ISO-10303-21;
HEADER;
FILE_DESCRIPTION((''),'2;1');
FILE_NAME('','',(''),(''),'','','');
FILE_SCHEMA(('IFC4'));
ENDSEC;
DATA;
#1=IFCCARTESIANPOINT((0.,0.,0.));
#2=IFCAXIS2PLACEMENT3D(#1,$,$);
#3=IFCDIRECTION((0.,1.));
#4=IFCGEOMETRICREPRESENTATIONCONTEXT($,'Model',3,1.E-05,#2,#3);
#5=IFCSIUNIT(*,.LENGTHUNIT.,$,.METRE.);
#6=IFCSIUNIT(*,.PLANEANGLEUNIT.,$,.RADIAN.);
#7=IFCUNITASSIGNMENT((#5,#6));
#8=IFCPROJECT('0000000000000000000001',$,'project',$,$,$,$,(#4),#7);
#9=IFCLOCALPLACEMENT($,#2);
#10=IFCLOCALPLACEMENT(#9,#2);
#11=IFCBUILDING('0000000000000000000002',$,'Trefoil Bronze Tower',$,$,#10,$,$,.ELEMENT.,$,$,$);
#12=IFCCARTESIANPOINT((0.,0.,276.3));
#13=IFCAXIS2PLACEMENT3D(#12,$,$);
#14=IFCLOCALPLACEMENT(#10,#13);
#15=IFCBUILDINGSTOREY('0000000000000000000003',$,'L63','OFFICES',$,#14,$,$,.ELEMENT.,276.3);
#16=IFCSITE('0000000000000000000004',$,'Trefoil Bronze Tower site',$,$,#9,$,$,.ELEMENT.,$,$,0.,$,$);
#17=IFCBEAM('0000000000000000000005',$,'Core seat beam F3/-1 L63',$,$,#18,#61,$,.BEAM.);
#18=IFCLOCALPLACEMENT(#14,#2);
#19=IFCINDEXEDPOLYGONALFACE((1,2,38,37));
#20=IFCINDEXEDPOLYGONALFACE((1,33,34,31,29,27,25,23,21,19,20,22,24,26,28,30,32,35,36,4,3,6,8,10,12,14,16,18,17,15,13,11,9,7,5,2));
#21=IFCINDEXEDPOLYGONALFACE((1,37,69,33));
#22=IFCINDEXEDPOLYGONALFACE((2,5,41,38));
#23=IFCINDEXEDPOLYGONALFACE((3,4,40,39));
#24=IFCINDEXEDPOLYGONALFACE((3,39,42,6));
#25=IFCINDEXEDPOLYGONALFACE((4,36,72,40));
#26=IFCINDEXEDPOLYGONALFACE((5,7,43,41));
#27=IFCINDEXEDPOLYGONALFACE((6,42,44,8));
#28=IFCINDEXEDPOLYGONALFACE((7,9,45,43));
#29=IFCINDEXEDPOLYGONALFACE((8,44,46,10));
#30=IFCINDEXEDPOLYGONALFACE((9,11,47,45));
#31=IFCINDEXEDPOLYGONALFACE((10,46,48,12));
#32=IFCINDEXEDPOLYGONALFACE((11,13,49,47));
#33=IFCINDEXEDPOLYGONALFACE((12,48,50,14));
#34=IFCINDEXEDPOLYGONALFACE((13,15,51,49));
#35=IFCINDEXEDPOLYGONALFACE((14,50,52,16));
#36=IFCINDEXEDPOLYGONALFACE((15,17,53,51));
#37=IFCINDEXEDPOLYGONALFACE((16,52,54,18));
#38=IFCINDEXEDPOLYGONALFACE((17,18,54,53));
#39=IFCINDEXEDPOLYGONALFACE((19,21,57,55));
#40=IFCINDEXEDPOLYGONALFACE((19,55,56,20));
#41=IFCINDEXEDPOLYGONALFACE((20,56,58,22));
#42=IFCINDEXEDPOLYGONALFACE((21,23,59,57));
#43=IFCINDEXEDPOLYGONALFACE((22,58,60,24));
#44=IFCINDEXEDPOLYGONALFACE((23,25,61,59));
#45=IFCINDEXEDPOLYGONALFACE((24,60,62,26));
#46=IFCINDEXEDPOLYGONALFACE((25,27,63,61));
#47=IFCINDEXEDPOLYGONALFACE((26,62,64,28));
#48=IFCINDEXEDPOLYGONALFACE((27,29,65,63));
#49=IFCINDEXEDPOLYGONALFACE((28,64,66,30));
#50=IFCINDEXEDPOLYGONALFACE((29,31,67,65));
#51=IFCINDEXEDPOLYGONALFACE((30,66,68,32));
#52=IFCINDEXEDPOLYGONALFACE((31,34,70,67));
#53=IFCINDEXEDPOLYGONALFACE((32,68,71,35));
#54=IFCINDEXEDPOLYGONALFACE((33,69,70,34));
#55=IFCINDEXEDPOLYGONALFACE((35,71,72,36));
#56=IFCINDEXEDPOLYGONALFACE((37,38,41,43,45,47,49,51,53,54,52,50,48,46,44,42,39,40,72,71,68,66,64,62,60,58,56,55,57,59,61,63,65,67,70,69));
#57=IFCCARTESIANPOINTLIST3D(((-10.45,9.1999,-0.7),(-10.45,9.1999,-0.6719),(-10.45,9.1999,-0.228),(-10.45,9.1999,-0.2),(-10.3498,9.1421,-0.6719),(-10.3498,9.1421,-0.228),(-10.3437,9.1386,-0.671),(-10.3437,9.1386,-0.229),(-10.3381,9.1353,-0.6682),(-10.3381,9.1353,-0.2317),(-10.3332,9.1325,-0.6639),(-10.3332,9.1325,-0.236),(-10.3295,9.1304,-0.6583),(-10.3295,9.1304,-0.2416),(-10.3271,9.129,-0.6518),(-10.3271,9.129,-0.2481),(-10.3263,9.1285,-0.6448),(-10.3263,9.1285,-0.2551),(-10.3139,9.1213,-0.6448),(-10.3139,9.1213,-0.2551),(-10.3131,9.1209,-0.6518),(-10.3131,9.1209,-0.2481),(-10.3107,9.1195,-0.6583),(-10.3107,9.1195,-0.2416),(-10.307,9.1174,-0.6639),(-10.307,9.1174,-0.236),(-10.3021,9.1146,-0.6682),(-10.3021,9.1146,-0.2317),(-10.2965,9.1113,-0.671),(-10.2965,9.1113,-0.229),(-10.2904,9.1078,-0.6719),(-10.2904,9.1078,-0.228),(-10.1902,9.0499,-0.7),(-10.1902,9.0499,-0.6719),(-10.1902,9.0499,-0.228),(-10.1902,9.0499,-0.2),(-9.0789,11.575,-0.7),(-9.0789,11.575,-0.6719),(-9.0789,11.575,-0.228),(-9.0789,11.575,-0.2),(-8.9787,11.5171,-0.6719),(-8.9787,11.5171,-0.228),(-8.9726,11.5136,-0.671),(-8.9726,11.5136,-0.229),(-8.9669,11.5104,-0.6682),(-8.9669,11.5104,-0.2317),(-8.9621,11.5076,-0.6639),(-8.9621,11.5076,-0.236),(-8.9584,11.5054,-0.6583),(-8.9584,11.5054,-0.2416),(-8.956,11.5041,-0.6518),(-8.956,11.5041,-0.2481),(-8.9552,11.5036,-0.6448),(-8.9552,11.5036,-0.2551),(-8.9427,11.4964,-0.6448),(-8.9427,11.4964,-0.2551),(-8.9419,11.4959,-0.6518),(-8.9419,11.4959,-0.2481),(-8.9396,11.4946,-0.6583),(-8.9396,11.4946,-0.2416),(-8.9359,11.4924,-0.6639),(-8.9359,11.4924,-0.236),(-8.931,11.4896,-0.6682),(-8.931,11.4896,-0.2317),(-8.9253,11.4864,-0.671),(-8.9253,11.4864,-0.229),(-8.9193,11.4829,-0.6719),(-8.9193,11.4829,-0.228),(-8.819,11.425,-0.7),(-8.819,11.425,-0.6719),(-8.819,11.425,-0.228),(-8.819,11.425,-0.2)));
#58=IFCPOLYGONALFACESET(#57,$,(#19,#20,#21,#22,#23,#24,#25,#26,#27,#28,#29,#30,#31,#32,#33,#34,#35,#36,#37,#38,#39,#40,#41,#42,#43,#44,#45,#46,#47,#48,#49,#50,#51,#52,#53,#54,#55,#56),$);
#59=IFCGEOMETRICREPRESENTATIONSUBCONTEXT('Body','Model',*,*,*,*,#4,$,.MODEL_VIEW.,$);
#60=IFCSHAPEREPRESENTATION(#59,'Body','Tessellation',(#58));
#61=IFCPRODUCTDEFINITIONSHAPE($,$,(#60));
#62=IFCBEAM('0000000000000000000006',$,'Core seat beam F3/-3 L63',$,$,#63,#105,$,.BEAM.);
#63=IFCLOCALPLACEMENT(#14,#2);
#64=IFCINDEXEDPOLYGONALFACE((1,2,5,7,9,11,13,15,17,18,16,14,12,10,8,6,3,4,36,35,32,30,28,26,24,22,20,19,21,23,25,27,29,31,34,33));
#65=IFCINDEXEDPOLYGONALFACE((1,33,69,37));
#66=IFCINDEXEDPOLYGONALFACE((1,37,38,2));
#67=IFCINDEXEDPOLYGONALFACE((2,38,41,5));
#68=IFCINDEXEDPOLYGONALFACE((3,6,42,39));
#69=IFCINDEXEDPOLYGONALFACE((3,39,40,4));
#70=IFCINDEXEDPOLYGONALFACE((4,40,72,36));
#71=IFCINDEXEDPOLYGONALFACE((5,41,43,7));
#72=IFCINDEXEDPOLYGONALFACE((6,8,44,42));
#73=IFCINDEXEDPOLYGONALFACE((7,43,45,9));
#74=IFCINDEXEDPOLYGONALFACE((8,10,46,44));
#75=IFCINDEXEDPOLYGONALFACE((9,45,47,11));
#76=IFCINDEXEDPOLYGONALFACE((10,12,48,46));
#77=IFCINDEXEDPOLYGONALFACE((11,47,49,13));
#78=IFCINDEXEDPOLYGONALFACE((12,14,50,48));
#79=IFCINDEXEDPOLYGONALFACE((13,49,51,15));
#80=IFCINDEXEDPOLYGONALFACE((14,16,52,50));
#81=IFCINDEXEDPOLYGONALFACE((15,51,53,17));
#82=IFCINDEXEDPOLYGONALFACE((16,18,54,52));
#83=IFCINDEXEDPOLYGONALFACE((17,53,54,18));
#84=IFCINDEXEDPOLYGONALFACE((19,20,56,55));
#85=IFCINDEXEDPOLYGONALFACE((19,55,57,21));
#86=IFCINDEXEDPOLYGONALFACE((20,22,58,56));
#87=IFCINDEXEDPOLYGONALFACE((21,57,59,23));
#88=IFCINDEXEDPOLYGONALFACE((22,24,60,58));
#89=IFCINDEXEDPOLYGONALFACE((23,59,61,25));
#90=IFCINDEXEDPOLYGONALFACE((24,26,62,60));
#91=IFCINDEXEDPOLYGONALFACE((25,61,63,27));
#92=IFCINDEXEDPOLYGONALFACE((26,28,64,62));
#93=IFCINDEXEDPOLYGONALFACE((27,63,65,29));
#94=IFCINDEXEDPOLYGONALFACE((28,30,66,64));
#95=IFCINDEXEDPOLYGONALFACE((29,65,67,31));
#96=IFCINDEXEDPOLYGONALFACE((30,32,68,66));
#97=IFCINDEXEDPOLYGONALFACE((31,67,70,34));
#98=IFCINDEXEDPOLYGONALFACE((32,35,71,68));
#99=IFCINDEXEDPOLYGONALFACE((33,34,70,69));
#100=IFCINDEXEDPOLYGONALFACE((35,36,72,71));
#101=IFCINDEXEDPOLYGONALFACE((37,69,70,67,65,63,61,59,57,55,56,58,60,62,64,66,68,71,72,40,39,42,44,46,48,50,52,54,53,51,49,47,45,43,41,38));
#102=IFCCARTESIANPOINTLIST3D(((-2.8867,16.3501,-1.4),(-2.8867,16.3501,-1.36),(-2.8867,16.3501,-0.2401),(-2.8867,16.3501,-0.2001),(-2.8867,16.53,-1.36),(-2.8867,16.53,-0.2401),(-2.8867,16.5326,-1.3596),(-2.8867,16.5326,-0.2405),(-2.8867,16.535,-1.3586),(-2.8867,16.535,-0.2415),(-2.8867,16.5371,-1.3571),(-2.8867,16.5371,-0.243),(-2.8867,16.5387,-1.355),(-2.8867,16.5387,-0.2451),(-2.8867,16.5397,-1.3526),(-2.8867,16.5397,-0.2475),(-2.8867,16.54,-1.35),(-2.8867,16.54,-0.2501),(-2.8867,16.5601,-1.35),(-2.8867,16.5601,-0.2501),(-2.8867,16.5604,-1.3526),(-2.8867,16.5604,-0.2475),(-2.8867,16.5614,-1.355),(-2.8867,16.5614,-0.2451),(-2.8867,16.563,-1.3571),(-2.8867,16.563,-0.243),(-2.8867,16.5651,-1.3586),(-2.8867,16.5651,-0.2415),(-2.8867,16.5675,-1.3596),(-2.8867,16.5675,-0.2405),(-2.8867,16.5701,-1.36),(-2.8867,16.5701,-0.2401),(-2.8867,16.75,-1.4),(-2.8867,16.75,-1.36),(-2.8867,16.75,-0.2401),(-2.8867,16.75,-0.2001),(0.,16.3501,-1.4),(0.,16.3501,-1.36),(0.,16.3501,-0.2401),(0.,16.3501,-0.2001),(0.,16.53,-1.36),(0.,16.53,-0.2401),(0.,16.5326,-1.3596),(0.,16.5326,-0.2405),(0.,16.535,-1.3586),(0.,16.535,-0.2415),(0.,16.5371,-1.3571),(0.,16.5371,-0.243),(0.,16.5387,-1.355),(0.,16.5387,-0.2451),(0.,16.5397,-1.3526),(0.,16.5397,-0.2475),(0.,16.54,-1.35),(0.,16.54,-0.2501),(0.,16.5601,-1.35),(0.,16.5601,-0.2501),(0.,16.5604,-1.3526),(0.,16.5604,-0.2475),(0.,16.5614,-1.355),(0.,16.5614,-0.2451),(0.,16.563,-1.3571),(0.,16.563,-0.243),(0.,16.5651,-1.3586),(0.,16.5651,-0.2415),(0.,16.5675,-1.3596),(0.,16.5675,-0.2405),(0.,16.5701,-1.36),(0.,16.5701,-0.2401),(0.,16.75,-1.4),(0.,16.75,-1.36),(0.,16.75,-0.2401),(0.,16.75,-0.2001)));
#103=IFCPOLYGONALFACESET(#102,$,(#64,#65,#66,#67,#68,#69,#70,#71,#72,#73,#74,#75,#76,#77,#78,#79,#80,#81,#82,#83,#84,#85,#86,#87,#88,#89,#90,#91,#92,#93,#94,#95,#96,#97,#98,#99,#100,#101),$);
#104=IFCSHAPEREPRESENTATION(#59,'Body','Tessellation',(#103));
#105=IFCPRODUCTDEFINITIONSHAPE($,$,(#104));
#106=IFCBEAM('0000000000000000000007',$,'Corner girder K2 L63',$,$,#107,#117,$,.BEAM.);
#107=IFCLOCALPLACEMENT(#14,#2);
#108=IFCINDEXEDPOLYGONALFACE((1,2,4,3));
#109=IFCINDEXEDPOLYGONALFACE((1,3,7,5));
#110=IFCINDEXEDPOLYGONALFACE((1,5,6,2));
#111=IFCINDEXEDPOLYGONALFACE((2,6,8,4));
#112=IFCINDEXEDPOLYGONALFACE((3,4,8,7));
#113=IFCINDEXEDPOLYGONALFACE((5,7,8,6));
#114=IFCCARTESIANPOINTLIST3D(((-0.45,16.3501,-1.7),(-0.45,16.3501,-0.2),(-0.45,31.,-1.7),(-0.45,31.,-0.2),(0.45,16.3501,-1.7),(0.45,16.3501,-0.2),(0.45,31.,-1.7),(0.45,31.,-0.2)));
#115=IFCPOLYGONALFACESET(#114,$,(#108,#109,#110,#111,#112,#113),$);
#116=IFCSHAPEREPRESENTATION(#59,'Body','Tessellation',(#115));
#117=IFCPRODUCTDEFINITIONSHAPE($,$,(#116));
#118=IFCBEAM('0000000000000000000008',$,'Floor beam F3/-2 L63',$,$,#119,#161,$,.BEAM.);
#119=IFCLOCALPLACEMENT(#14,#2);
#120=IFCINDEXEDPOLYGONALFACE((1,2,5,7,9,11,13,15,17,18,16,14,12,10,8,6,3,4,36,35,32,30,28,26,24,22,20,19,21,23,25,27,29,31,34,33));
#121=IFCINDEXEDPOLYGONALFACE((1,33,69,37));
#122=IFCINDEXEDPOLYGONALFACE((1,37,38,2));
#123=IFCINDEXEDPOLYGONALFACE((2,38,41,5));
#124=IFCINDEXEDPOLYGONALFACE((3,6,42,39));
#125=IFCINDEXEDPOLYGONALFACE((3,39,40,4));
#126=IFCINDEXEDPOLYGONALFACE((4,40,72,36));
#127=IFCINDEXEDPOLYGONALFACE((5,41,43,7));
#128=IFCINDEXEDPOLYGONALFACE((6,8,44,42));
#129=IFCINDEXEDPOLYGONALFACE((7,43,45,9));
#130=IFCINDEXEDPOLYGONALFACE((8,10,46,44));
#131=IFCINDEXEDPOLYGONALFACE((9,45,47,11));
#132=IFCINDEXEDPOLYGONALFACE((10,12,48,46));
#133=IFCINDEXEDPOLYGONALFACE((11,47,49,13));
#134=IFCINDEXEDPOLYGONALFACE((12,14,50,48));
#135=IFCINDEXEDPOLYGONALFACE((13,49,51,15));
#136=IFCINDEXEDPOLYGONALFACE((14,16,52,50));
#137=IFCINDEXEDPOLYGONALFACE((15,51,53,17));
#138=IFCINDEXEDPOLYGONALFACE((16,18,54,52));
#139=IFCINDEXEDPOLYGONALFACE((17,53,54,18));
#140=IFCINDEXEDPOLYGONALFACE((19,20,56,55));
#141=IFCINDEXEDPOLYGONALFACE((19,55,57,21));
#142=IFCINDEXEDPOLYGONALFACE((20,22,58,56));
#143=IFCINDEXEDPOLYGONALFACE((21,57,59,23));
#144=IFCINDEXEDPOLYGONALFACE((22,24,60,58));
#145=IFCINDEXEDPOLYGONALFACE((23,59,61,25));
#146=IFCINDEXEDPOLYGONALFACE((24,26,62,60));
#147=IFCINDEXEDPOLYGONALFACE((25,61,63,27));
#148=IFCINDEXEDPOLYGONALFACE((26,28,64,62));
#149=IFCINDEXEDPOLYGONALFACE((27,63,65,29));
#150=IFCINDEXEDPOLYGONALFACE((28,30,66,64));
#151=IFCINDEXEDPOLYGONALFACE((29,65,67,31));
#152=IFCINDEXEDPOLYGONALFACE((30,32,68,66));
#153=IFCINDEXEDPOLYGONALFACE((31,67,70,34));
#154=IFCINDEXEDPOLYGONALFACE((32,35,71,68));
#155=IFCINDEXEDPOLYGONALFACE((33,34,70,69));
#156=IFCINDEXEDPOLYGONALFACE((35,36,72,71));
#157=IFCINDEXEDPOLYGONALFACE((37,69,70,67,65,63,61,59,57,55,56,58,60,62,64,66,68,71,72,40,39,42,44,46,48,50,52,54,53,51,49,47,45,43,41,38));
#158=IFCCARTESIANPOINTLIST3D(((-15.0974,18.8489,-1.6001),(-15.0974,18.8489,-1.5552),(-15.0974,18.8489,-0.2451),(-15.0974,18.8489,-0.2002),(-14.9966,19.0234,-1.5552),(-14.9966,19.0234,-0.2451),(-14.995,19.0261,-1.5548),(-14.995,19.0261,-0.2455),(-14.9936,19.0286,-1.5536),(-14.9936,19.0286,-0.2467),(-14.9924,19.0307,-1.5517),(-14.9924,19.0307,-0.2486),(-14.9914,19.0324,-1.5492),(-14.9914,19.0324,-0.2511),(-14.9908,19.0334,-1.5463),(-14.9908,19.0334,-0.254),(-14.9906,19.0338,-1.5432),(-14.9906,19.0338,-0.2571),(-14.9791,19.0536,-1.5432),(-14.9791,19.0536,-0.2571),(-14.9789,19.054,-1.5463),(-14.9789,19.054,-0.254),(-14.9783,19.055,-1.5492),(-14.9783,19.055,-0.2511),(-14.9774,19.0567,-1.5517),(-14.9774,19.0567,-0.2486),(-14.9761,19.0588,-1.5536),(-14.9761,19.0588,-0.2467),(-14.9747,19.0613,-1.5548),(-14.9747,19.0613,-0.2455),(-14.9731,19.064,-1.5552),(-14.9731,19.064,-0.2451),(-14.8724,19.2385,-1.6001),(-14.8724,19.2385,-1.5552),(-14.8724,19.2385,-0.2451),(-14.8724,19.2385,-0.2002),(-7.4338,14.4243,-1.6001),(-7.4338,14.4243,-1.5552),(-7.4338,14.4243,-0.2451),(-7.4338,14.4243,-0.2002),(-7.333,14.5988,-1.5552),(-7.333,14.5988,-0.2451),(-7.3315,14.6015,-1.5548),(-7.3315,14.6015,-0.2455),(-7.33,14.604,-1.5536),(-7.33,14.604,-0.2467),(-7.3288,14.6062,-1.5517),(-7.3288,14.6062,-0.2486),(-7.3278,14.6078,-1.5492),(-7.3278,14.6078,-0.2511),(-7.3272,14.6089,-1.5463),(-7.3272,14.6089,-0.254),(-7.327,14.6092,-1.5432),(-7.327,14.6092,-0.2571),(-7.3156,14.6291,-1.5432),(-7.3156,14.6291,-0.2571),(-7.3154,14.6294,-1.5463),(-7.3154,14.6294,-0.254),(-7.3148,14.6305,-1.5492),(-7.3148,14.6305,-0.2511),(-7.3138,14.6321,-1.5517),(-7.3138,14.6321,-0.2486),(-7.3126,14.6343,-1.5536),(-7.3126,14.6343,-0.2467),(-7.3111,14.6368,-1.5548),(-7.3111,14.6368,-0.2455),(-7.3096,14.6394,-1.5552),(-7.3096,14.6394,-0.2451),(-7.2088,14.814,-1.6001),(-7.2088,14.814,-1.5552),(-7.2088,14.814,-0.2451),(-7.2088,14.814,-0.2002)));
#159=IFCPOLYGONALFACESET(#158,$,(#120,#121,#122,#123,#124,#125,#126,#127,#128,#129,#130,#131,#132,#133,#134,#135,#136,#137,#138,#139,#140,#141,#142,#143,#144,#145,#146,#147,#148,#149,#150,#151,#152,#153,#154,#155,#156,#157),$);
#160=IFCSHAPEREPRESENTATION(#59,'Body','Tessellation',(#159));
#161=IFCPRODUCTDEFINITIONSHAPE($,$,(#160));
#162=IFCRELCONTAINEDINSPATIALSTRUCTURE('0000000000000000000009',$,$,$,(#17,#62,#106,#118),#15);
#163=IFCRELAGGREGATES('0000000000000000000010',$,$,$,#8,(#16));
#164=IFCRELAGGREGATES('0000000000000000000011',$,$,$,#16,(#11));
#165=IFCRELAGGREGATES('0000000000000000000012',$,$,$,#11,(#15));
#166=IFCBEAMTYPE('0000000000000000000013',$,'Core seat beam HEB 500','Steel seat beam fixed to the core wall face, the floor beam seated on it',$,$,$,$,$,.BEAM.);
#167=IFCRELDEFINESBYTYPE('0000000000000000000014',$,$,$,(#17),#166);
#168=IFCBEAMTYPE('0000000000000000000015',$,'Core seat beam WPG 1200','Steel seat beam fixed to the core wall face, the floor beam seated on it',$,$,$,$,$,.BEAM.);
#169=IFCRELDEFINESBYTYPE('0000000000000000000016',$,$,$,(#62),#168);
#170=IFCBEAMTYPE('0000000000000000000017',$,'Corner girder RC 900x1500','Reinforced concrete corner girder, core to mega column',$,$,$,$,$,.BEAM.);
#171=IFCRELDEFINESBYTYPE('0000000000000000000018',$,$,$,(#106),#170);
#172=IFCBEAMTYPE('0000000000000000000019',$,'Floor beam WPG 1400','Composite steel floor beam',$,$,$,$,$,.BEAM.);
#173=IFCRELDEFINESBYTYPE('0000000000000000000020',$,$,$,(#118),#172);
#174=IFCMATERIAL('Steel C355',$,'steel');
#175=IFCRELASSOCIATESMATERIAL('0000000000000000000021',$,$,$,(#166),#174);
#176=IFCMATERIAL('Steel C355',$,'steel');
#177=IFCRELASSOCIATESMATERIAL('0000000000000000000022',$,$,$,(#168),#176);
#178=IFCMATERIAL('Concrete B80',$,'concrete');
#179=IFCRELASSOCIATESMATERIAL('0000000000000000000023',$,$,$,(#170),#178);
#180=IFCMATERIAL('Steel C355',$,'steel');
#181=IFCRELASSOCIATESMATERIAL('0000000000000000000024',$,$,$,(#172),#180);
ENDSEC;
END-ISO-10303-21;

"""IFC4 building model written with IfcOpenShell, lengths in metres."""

from ifc_helpers import new_model, si_unit, direction, frame, origin, origin_2d, place, context, subcontext, project, spatial, rectangle, i_section, extrude, material, material_profile, profile_set, type_object, element, save


model = new_model("IFC4")

# Units and contexts
model_context = context("Model", 3, precision=1e-05, world=origin(), true_north=direction((0.0, 1.0)))
body_context = subcontext(model_context, "Body", "Model", "MODEL_VIEW")
ifc_project = project(units=[si_unit("LENGTHUNIT", "METRE"), si_unit("PLANEANGLEUNIT", "RADIAN")], contexts=[model_context])

# Site, building, storey
site_placement = place(None, origin())
site = spatial("IfcSite", under=ifc_project, at=site_placement, Name="Trefoil Bronze Tower site", CompositionType="ELEMENT", RefElevation=0.0)
building_placement = place(site_placement, origin())
building = spatial("IfcBuilding", under=site, at=building_placement, Name="Trefoil Bronze Tower", CompositionType="ELEMENT")
storey_placement = place(building_placement, frame((0.0, 0.0, 276.3)))
storey = spatial("IfcBuildingStorey", under=building, at=storey_placement, Name="L63", Description="OFFICES", CompositionType="ELEMENT", Elevation=276.3)

# Beams
ifc_material_1 = material(Name="Steel C355", Category="steel")
ifc_material_profile_1 = material_profile(ifc_material_1, i_section(OverallWidth=0.3, OverallDepth=0.5, WebThickness=0.0144, FlangeThickness=0.0281, FilletRadius=0.0271, at=origin_2d()), Name="HEB 500")
ifc_profile_set_1 = profile_set([ifc_material_profile_1], Name="Steel C355")
beam_type_1 = type_object("IfcBeamType", Name="Core seat beam HEB 500", Description="Steel seat beam fixed to the core wall face, the floor beam seated on it", PredefinedType="BEAM", material=ifc_profile_set_1)
for number, where, z_axis, x_axis, name in (
    (1, (-8.949, 11.5, -0.45), (-0.499969, -0.866043, 0.0), (0.866043, -0.499969, 0.0), "Core seat beam F3/-1 L63"),
):
    element("IfcBeam", number, at=place(storey_placement, frame(where, z_axis=z_axis, x_axis=x_axis)), inside=storey, type_object=beam_type_1, Name=name, PredefinedType="BEAM", context=body_context, shape_type="SweptSolid", body=[
        extrude(i_section(OverallWidth=0.3, OverallDepth=0.5, WebThickness=0.0144, FlangeThickness=0.0281, FilletRadius=0.0271, at=origin_2d()), origin(), (0.0, 0.0, 1.0), 2.7424),
    ])
ifc_material_2 = material(Name="Steel C355", Category="steel")
ifc_material_profile_2 = material_profile(ifc_material_2, i_section(OverallWidth=0.3999, OverallDepth=1.2, WebThickness=0.02, FlangeThickness=0.04, FilletRadius=0.01, at=origin_2d()), Name="WPG 1200")
ifc_profile_set_2 = profile_set([ifc_material_profile_2], Name="Steel C355")
beam_type_2 = type_object("IfcBeamType", Name="Core seat beam WPG 1200", Description="Steel seat beam fixed to the core wall face, the floor beam seated on it", PredefinedType="BEAM", material=ifc_profile_set_2)
beam_1_placement = place(storey_placement, frame((0.0, 16.55, -0.8), z_axis=(-1.0, 0.0, 0.0), x_axis=(0.0, -1.0, 0.0)))
element("IfcBeam", 2, at=beam_1_placement, inside=storey, type_object=beam_type_2, Name="Core seat beam F3/-3 L63", PredefinedType="BEAM", context=body_context, shape_type="SweptSolid", body=[
    extrude(i_section(OverallWidth=0.3999, OverallDepth=1.2, WebThickness=0.02, FlangeThickness=0.04, FilletRadius=0.01, at=origin_2d()), origin(), (0.0, 0.0, 1.0), 2.8867),
])
ifc_material_3 = material(Name="Concrete B80", Category="concrete")
ifc_material_profile_3 = material_profile(ifc_material_3, rectangle(XDim=0.8999, YDim=1.5, at=origin_2d()), Name="RC 900x1500")
ifc_profile_set_3 = profile_set([ifc_material_profile_3], Name="Concrete B80")
beam_type_3 = type_object("IfcBeamType", Name="Corner girder RC 900x1500", Description="Reinforced concrete corner girder, core to mega column", PredefinedType="BEAM", material=ifc_profile_set_3)
beam_2_placement = place(storey_placement, frame((0.0, 16.3501, -0.95), z_axis=(0.0, 1.0, 0.0), x_axis=(-1.0, 0.0, 0.0)))
element("IfcBeam", 3, at=beam_2_placement, inside=storey, type_object=beam_type_3, Name="Corner girder K2 L63", PredefinedType="BEAM", context=body_context, shape_type="SweptSolid", body=[
    extrude(rectangle(XDim=0.8999, YDim=1.5, at=origin_2d()), origin(), (0.0, 0.0, 1.0), 14.6499),
])
ifc_material_4 = material(Name="Steel C355", Category="steel")
ifc_material_profile_4 = material_profile(ifc_material_4, i_section(OverallWidth=0.45, OverallDepth=1.3999, WebThickness=0.0229, FlangeThickness=0.0449, FilletRadius=0.012, at=origin_2d()), Name="WPG 1400")
ifc_profile_set_4 = profile_set([ifc_material_profile_4], Name="Steel C355")
beam_type_4 = type_object("IfcBeamType", Name="Floor beam WPG 1400", Description="Composite steel floor beam", PredefinedType="BEAM", material=ifc_profile_set_4)
beam_3_placement = place(storey_placement, frame((-14.9849, 19.0437, -0.9001), z_axis=(0.866026, -0.499999, 0.0), x_axis=(0.499999, 0.866026, 0.0)))
element("IfcBeam", 4, at=beam_3_placement, inside=storey, type_object=beam_type_4, Name="Floor beam F3/-2 L63", PredefinedType="BEAM", context=body_context, shape_type="SweptSolid", body=[
    extrude(i_section(OverallWidth=0.45, OverallDepth=1.3999, WebThickness=0.0229, FlangeThickness=0.0449, FilletRadius=0.012, at=origin_2d()), origin(), (0.0, 0.0, 1.0), 8.8491),
])

save(model, "model.ifc")
